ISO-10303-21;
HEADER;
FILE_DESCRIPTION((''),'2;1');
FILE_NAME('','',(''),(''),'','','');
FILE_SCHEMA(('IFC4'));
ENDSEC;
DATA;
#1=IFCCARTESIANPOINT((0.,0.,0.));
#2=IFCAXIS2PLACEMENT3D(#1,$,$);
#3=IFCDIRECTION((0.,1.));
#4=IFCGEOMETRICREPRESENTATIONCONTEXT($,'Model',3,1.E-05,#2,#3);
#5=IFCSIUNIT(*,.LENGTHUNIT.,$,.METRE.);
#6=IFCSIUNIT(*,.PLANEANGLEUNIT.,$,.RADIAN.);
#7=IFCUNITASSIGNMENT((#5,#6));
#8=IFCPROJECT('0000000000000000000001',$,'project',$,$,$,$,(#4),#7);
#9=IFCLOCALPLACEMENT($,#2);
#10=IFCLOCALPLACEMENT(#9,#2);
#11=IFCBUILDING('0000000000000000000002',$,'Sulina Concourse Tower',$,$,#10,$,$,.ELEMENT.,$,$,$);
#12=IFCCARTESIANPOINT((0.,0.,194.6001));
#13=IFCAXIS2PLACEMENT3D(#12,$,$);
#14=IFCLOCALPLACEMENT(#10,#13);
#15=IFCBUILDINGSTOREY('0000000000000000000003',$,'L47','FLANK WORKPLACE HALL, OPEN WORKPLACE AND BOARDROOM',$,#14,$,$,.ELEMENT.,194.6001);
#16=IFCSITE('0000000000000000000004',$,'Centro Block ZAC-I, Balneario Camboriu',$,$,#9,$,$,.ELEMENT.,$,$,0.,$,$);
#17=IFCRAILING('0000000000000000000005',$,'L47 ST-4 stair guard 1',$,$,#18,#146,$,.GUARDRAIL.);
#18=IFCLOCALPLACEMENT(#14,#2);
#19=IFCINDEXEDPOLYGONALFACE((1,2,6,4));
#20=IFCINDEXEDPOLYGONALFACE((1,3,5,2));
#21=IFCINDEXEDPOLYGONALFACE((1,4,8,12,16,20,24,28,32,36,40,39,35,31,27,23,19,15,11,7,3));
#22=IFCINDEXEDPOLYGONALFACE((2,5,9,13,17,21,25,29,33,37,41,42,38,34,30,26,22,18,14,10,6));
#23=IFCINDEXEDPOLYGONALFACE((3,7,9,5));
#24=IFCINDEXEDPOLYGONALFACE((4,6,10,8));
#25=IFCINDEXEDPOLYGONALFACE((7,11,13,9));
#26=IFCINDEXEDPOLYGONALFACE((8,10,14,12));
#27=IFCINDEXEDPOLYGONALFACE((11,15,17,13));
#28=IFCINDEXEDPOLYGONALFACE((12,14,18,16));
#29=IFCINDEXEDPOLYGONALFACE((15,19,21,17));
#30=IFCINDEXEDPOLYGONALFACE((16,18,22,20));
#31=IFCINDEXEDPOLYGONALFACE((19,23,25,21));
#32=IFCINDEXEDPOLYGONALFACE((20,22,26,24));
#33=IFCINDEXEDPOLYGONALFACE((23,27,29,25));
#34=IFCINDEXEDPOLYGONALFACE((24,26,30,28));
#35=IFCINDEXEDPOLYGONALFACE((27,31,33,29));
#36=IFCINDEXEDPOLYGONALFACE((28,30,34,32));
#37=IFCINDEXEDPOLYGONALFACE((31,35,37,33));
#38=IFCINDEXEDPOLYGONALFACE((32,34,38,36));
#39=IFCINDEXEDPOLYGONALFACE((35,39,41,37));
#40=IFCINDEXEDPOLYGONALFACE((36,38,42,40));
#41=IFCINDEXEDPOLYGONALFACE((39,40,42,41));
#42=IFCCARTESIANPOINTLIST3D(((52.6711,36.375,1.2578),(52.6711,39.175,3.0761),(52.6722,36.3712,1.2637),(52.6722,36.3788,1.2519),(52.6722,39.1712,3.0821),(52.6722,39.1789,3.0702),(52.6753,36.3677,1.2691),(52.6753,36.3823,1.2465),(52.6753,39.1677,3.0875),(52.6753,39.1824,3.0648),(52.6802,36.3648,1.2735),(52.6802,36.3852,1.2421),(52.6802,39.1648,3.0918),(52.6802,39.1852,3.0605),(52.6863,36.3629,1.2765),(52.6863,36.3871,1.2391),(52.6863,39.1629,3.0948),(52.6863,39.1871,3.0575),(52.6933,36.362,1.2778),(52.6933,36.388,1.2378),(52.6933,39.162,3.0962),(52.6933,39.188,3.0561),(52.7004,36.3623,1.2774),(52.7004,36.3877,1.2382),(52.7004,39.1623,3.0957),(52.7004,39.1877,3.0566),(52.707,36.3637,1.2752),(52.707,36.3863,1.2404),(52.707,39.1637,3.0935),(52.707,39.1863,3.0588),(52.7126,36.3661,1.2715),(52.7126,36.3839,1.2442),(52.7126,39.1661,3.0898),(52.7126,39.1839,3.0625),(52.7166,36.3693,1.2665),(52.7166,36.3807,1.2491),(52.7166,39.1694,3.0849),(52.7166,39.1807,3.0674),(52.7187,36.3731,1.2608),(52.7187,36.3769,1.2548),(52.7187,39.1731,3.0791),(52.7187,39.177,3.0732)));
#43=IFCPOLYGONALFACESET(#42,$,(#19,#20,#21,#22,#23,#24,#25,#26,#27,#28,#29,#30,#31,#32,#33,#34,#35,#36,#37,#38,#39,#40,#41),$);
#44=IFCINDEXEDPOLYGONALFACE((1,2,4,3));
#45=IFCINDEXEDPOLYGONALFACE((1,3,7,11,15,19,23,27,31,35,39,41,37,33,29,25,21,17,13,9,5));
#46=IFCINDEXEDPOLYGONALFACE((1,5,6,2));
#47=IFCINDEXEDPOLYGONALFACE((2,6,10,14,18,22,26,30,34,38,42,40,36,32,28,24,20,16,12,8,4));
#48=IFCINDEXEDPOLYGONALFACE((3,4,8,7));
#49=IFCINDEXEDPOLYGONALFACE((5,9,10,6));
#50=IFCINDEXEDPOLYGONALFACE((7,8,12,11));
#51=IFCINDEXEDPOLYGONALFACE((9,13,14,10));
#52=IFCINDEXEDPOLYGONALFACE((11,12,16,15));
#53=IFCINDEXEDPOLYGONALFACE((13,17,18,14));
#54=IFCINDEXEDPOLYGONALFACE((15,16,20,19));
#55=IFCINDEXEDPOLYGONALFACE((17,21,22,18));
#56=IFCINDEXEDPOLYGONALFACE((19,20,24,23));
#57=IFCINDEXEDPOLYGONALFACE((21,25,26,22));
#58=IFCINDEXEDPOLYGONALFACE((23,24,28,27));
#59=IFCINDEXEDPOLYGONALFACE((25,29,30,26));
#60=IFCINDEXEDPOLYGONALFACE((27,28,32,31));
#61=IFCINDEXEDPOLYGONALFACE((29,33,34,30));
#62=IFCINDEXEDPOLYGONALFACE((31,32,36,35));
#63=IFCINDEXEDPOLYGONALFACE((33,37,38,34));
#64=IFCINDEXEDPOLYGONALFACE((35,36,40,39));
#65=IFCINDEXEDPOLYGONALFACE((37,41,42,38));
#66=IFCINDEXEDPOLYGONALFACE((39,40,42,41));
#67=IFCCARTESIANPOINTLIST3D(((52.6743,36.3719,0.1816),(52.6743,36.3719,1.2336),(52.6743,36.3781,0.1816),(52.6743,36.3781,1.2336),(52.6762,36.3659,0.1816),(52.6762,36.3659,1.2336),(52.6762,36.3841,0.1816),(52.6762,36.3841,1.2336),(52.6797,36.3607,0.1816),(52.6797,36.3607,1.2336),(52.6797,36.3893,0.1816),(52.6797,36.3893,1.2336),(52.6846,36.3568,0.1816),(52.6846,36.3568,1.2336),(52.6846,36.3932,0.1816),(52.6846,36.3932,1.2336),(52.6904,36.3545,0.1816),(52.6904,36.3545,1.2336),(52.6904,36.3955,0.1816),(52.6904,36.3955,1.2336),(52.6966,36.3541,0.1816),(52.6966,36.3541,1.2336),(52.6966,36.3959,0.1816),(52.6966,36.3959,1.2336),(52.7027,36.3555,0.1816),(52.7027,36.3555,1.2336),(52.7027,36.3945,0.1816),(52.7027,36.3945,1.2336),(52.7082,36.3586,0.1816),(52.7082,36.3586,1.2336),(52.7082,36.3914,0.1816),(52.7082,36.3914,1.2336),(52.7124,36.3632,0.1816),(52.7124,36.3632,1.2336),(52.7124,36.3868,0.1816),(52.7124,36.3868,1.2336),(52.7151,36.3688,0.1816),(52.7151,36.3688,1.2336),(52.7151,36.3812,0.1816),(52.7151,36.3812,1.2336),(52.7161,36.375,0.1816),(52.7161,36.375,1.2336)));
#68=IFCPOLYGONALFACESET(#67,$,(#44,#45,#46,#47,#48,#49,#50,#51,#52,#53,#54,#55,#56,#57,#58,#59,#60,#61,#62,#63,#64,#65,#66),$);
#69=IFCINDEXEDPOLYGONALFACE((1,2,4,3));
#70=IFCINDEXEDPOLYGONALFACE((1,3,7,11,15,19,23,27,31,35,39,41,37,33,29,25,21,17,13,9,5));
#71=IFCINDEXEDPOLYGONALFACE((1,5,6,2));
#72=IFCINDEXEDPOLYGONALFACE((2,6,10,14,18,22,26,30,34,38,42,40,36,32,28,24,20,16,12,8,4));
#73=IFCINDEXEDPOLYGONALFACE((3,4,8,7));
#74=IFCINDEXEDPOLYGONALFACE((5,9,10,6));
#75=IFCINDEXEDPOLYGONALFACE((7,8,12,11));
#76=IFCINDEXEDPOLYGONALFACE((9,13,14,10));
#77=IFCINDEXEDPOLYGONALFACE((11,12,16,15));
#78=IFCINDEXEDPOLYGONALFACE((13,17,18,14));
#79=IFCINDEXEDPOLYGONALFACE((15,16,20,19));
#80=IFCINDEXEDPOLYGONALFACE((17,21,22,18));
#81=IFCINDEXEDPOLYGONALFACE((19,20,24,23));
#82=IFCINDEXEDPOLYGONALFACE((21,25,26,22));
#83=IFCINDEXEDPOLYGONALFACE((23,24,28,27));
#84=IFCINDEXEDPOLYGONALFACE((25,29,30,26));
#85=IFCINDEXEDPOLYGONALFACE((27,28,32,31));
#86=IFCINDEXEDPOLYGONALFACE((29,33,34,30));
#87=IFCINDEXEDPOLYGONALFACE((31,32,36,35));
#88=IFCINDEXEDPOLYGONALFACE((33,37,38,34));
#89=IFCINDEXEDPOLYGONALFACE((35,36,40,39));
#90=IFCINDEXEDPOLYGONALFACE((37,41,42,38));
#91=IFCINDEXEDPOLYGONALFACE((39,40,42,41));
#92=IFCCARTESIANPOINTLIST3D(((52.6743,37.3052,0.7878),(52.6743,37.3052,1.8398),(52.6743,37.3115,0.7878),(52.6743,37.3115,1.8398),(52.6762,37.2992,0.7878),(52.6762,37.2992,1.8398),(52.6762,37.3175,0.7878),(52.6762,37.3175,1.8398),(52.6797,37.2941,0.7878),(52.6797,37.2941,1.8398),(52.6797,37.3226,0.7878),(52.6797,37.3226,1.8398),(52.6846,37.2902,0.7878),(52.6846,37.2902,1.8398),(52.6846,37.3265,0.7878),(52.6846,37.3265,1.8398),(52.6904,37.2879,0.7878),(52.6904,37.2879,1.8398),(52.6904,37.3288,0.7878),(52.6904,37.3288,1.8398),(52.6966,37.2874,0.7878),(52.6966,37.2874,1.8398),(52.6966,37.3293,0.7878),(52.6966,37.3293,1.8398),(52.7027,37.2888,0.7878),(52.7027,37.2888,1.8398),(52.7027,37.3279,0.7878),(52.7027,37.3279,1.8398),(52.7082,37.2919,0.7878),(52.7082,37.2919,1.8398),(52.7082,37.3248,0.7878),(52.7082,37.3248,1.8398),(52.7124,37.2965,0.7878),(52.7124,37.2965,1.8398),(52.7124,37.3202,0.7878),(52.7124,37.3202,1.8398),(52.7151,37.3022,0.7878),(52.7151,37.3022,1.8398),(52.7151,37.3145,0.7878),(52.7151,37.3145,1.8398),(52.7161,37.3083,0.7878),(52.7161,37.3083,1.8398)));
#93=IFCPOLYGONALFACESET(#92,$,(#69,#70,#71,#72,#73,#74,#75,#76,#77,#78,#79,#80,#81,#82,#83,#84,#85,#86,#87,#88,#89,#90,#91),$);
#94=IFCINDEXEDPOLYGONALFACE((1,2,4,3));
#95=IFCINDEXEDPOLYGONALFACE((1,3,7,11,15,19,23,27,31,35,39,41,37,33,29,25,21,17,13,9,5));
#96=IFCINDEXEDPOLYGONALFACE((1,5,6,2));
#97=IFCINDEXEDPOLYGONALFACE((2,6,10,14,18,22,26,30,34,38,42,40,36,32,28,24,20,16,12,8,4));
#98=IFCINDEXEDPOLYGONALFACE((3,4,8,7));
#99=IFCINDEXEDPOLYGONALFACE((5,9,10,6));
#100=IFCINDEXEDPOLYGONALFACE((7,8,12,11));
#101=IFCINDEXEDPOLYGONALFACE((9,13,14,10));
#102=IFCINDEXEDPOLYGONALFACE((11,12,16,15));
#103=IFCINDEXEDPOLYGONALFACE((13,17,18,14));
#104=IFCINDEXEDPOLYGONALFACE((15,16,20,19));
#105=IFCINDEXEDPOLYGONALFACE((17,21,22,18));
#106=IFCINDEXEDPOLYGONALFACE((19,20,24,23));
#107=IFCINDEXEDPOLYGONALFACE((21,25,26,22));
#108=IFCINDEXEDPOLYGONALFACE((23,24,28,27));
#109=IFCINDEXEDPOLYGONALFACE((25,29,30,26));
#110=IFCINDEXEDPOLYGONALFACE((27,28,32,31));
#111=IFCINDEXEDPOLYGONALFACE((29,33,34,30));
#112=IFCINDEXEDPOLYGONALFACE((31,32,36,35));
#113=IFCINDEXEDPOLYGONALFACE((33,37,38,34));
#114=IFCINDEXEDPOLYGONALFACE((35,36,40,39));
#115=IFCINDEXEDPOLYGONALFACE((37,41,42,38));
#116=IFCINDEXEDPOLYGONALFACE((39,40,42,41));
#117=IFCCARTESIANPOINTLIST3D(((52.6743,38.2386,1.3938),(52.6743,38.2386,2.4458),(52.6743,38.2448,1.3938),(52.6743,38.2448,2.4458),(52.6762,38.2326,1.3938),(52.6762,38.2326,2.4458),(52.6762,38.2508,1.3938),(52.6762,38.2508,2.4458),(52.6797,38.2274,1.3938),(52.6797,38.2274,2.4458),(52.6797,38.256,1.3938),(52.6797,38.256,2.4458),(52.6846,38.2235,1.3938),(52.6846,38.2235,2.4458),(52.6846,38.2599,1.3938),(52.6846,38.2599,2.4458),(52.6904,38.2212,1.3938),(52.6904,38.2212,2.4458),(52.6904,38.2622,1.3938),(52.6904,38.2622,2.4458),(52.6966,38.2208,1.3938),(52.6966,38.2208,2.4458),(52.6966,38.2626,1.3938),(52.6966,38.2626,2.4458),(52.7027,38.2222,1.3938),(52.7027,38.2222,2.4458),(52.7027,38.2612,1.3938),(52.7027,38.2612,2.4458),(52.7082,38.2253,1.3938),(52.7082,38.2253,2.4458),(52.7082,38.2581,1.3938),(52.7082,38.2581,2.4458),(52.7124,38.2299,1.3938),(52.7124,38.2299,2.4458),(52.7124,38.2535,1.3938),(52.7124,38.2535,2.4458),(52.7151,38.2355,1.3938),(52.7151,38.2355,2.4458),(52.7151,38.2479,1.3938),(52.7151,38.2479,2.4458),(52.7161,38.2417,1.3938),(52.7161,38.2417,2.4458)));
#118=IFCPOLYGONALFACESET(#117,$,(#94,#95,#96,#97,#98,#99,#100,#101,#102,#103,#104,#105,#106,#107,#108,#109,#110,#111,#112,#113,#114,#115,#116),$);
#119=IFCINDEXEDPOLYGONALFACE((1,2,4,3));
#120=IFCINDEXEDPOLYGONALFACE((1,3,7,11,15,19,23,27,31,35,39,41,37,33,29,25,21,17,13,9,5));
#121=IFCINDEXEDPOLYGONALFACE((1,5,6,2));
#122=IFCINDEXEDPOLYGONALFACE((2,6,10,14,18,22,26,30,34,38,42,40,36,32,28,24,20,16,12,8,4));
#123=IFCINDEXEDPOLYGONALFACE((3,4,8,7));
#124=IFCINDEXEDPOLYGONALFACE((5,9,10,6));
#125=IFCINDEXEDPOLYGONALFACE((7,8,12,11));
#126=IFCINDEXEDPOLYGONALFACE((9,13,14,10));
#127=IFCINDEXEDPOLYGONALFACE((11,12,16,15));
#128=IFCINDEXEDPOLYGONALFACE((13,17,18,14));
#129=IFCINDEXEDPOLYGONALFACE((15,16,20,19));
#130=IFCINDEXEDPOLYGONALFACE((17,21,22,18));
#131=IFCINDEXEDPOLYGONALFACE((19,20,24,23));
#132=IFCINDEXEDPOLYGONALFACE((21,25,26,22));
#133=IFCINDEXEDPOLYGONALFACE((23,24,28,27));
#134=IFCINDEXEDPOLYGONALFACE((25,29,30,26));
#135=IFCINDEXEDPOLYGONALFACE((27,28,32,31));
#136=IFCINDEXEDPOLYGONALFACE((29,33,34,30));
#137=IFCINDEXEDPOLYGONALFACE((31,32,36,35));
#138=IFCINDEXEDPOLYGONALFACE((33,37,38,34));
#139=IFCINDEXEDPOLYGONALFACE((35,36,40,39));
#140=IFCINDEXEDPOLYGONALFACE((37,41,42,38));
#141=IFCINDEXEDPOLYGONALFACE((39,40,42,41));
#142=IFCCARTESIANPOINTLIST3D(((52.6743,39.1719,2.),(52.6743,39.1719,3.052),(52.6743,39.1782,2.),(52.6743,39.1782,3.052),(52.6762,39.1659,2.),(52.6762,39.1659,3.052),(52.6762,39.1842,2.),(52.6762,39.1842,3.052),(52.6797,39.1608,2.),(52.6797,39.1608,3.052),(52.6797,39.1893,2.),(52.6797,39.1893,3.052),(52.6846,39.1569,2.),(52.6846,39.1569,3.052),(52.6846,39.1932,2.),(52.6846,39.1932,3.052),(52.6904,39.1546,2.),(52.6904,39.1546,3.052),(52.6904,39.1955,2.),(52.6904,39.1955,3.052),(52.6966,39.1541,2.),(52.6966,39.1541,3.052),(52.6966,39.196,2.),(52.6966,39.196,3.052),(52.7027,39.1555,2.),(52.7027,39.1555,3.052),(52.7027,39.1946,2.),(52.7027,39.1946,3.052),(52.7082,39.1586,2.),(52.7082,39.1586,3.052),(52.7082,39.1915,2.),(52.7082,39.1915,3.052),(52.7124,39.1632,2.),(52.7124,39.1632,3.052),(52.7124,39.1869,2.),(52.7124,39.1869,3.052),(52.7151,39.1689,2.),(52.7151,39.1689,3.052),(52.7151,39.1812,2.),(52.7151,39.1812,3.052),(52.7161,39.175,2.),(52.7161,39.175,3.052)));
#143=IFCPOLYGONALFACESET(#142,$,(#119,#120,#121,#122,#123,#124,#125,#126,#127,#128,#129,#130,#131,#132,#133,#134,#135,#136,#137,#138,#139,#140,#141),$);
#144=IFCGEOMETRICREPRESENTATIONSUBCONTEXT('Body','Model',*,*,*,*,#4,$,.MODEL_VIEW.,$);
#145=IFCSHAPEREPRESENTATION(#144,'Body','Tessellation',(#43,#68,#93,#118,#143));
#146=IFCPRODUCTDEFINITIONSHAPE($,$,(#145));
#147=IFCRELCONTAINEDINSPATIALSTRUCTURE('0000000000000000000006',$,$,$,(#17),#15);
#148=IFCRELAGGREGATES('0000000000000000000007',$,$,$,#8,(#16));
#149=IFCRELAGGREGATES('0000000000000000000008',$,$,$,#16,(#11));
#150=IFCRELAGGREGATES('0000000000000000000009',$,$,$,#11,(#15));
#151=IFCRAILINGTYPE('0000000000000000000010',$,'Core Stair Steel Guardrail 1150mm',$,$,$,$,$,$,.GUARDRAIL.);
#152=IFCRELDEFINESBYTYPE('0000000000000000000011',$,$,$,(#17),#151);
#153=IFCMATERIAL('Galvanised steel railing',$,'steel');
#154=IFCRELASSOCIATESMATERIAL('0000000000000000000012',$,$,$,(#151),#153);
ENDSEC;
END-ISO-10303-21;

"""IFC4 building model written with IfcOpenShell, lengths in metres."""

from ifc_helpers import new_model, si_unit, direction, frame, origin, origin_2d, place, context, subcontext, project, spatial, circle, extrude, material, type_object, element, save


model = new_model("IFC4")

# Units and contexts
model_context = context("Model", 3, precision=1e-05, world=origin(), true_north=direction((0.0, 1.0)))
body_context = subcontext(model_context, "Body", "Model", "MODEL_VIEW")
ifc_project = project(units=[si_unit("LENGTHUNIT", "METRE"), si_unit("PLANEANGLEUNIT", "RADIAN")], contexts=[model_context])

# Site, building, storey
site_placement = place(None, origin())
site = spatial("IfcSite", under=ifc_project, at=site_placement, Name="Centro Block ZAC-I, Balneario Camboriu", CompositionType="ELEMENT", RefElevation=0.0)
building_placement = place(site_placement, origin())
building = spatial("IfcBuilding", under=site, at=building_placement, Name="Sulina Concourse Tower", CompositionType="ELEMENT")
storey_placement = place(building_placement, frame((0.0, 0.0, 194.6001)))
storey = spatial("IfcBuildingStorey", under=building, at=storey_placement, Name="L47", Description="FLANK WORKPLACE HALL, OPEN WORKPLACE AND BOARDROOM", CompositionType="ELEMENT", Elevation=194.6001)

# Railing
ifc_material_1 = material(Name="Galvanised steel railing", Category="steel")
railing_type_1 = type_object("IfcRailingType", Name="Core Stair Steel Guardrail 1150mm", PredefinedType="GUARDRAIL", material=ifc_material_1)
railing_1_placement = place(storey_placement, frame((52.6951, 36.375, 0.1816)))
element("IfcRailing", 1, at=railing_1_placement, inside=storey, type_object=railing_type_1, Name="L47 ST-4 stair guard 1", PredefinedType="GUARDRAIL", context=body_context, shape_type="SweptSolid", body=[
    extrude(circle(Radius=0.0239, at=origin_2d()), frame((0.0, 0.0, 1.0762), z_axis=(0.0, 0.838672, 0.544636), x_axis=(-1.0, 0.0, 0.0)), (0.0, 0.0, 1.0), 3.3386),
    extrude(circle(Radius=0.021, at=origin_2d()), origin(), (0.0, 0.0, 1.0), 1.052),
    extrude(circle(Radius=0.021, at=origin_2d()), frame((0.0, 0.9333, 0.6062)), (0.0, 0.0, 1.0), 1.052),
    extrude(circle(Radius=0.021, at=origin_2d()), frame((0.0, 1.8667, 1.2122)), (0.0, 0.0, 1.0), 1.052),
    extrude(circle(Radius=0.021, at=origin_2d()), frame((0.0, 2.8, 1.8184)), (0.0, 0.0, 1.0), 1.052),
])

save(model, "model.ifc")
